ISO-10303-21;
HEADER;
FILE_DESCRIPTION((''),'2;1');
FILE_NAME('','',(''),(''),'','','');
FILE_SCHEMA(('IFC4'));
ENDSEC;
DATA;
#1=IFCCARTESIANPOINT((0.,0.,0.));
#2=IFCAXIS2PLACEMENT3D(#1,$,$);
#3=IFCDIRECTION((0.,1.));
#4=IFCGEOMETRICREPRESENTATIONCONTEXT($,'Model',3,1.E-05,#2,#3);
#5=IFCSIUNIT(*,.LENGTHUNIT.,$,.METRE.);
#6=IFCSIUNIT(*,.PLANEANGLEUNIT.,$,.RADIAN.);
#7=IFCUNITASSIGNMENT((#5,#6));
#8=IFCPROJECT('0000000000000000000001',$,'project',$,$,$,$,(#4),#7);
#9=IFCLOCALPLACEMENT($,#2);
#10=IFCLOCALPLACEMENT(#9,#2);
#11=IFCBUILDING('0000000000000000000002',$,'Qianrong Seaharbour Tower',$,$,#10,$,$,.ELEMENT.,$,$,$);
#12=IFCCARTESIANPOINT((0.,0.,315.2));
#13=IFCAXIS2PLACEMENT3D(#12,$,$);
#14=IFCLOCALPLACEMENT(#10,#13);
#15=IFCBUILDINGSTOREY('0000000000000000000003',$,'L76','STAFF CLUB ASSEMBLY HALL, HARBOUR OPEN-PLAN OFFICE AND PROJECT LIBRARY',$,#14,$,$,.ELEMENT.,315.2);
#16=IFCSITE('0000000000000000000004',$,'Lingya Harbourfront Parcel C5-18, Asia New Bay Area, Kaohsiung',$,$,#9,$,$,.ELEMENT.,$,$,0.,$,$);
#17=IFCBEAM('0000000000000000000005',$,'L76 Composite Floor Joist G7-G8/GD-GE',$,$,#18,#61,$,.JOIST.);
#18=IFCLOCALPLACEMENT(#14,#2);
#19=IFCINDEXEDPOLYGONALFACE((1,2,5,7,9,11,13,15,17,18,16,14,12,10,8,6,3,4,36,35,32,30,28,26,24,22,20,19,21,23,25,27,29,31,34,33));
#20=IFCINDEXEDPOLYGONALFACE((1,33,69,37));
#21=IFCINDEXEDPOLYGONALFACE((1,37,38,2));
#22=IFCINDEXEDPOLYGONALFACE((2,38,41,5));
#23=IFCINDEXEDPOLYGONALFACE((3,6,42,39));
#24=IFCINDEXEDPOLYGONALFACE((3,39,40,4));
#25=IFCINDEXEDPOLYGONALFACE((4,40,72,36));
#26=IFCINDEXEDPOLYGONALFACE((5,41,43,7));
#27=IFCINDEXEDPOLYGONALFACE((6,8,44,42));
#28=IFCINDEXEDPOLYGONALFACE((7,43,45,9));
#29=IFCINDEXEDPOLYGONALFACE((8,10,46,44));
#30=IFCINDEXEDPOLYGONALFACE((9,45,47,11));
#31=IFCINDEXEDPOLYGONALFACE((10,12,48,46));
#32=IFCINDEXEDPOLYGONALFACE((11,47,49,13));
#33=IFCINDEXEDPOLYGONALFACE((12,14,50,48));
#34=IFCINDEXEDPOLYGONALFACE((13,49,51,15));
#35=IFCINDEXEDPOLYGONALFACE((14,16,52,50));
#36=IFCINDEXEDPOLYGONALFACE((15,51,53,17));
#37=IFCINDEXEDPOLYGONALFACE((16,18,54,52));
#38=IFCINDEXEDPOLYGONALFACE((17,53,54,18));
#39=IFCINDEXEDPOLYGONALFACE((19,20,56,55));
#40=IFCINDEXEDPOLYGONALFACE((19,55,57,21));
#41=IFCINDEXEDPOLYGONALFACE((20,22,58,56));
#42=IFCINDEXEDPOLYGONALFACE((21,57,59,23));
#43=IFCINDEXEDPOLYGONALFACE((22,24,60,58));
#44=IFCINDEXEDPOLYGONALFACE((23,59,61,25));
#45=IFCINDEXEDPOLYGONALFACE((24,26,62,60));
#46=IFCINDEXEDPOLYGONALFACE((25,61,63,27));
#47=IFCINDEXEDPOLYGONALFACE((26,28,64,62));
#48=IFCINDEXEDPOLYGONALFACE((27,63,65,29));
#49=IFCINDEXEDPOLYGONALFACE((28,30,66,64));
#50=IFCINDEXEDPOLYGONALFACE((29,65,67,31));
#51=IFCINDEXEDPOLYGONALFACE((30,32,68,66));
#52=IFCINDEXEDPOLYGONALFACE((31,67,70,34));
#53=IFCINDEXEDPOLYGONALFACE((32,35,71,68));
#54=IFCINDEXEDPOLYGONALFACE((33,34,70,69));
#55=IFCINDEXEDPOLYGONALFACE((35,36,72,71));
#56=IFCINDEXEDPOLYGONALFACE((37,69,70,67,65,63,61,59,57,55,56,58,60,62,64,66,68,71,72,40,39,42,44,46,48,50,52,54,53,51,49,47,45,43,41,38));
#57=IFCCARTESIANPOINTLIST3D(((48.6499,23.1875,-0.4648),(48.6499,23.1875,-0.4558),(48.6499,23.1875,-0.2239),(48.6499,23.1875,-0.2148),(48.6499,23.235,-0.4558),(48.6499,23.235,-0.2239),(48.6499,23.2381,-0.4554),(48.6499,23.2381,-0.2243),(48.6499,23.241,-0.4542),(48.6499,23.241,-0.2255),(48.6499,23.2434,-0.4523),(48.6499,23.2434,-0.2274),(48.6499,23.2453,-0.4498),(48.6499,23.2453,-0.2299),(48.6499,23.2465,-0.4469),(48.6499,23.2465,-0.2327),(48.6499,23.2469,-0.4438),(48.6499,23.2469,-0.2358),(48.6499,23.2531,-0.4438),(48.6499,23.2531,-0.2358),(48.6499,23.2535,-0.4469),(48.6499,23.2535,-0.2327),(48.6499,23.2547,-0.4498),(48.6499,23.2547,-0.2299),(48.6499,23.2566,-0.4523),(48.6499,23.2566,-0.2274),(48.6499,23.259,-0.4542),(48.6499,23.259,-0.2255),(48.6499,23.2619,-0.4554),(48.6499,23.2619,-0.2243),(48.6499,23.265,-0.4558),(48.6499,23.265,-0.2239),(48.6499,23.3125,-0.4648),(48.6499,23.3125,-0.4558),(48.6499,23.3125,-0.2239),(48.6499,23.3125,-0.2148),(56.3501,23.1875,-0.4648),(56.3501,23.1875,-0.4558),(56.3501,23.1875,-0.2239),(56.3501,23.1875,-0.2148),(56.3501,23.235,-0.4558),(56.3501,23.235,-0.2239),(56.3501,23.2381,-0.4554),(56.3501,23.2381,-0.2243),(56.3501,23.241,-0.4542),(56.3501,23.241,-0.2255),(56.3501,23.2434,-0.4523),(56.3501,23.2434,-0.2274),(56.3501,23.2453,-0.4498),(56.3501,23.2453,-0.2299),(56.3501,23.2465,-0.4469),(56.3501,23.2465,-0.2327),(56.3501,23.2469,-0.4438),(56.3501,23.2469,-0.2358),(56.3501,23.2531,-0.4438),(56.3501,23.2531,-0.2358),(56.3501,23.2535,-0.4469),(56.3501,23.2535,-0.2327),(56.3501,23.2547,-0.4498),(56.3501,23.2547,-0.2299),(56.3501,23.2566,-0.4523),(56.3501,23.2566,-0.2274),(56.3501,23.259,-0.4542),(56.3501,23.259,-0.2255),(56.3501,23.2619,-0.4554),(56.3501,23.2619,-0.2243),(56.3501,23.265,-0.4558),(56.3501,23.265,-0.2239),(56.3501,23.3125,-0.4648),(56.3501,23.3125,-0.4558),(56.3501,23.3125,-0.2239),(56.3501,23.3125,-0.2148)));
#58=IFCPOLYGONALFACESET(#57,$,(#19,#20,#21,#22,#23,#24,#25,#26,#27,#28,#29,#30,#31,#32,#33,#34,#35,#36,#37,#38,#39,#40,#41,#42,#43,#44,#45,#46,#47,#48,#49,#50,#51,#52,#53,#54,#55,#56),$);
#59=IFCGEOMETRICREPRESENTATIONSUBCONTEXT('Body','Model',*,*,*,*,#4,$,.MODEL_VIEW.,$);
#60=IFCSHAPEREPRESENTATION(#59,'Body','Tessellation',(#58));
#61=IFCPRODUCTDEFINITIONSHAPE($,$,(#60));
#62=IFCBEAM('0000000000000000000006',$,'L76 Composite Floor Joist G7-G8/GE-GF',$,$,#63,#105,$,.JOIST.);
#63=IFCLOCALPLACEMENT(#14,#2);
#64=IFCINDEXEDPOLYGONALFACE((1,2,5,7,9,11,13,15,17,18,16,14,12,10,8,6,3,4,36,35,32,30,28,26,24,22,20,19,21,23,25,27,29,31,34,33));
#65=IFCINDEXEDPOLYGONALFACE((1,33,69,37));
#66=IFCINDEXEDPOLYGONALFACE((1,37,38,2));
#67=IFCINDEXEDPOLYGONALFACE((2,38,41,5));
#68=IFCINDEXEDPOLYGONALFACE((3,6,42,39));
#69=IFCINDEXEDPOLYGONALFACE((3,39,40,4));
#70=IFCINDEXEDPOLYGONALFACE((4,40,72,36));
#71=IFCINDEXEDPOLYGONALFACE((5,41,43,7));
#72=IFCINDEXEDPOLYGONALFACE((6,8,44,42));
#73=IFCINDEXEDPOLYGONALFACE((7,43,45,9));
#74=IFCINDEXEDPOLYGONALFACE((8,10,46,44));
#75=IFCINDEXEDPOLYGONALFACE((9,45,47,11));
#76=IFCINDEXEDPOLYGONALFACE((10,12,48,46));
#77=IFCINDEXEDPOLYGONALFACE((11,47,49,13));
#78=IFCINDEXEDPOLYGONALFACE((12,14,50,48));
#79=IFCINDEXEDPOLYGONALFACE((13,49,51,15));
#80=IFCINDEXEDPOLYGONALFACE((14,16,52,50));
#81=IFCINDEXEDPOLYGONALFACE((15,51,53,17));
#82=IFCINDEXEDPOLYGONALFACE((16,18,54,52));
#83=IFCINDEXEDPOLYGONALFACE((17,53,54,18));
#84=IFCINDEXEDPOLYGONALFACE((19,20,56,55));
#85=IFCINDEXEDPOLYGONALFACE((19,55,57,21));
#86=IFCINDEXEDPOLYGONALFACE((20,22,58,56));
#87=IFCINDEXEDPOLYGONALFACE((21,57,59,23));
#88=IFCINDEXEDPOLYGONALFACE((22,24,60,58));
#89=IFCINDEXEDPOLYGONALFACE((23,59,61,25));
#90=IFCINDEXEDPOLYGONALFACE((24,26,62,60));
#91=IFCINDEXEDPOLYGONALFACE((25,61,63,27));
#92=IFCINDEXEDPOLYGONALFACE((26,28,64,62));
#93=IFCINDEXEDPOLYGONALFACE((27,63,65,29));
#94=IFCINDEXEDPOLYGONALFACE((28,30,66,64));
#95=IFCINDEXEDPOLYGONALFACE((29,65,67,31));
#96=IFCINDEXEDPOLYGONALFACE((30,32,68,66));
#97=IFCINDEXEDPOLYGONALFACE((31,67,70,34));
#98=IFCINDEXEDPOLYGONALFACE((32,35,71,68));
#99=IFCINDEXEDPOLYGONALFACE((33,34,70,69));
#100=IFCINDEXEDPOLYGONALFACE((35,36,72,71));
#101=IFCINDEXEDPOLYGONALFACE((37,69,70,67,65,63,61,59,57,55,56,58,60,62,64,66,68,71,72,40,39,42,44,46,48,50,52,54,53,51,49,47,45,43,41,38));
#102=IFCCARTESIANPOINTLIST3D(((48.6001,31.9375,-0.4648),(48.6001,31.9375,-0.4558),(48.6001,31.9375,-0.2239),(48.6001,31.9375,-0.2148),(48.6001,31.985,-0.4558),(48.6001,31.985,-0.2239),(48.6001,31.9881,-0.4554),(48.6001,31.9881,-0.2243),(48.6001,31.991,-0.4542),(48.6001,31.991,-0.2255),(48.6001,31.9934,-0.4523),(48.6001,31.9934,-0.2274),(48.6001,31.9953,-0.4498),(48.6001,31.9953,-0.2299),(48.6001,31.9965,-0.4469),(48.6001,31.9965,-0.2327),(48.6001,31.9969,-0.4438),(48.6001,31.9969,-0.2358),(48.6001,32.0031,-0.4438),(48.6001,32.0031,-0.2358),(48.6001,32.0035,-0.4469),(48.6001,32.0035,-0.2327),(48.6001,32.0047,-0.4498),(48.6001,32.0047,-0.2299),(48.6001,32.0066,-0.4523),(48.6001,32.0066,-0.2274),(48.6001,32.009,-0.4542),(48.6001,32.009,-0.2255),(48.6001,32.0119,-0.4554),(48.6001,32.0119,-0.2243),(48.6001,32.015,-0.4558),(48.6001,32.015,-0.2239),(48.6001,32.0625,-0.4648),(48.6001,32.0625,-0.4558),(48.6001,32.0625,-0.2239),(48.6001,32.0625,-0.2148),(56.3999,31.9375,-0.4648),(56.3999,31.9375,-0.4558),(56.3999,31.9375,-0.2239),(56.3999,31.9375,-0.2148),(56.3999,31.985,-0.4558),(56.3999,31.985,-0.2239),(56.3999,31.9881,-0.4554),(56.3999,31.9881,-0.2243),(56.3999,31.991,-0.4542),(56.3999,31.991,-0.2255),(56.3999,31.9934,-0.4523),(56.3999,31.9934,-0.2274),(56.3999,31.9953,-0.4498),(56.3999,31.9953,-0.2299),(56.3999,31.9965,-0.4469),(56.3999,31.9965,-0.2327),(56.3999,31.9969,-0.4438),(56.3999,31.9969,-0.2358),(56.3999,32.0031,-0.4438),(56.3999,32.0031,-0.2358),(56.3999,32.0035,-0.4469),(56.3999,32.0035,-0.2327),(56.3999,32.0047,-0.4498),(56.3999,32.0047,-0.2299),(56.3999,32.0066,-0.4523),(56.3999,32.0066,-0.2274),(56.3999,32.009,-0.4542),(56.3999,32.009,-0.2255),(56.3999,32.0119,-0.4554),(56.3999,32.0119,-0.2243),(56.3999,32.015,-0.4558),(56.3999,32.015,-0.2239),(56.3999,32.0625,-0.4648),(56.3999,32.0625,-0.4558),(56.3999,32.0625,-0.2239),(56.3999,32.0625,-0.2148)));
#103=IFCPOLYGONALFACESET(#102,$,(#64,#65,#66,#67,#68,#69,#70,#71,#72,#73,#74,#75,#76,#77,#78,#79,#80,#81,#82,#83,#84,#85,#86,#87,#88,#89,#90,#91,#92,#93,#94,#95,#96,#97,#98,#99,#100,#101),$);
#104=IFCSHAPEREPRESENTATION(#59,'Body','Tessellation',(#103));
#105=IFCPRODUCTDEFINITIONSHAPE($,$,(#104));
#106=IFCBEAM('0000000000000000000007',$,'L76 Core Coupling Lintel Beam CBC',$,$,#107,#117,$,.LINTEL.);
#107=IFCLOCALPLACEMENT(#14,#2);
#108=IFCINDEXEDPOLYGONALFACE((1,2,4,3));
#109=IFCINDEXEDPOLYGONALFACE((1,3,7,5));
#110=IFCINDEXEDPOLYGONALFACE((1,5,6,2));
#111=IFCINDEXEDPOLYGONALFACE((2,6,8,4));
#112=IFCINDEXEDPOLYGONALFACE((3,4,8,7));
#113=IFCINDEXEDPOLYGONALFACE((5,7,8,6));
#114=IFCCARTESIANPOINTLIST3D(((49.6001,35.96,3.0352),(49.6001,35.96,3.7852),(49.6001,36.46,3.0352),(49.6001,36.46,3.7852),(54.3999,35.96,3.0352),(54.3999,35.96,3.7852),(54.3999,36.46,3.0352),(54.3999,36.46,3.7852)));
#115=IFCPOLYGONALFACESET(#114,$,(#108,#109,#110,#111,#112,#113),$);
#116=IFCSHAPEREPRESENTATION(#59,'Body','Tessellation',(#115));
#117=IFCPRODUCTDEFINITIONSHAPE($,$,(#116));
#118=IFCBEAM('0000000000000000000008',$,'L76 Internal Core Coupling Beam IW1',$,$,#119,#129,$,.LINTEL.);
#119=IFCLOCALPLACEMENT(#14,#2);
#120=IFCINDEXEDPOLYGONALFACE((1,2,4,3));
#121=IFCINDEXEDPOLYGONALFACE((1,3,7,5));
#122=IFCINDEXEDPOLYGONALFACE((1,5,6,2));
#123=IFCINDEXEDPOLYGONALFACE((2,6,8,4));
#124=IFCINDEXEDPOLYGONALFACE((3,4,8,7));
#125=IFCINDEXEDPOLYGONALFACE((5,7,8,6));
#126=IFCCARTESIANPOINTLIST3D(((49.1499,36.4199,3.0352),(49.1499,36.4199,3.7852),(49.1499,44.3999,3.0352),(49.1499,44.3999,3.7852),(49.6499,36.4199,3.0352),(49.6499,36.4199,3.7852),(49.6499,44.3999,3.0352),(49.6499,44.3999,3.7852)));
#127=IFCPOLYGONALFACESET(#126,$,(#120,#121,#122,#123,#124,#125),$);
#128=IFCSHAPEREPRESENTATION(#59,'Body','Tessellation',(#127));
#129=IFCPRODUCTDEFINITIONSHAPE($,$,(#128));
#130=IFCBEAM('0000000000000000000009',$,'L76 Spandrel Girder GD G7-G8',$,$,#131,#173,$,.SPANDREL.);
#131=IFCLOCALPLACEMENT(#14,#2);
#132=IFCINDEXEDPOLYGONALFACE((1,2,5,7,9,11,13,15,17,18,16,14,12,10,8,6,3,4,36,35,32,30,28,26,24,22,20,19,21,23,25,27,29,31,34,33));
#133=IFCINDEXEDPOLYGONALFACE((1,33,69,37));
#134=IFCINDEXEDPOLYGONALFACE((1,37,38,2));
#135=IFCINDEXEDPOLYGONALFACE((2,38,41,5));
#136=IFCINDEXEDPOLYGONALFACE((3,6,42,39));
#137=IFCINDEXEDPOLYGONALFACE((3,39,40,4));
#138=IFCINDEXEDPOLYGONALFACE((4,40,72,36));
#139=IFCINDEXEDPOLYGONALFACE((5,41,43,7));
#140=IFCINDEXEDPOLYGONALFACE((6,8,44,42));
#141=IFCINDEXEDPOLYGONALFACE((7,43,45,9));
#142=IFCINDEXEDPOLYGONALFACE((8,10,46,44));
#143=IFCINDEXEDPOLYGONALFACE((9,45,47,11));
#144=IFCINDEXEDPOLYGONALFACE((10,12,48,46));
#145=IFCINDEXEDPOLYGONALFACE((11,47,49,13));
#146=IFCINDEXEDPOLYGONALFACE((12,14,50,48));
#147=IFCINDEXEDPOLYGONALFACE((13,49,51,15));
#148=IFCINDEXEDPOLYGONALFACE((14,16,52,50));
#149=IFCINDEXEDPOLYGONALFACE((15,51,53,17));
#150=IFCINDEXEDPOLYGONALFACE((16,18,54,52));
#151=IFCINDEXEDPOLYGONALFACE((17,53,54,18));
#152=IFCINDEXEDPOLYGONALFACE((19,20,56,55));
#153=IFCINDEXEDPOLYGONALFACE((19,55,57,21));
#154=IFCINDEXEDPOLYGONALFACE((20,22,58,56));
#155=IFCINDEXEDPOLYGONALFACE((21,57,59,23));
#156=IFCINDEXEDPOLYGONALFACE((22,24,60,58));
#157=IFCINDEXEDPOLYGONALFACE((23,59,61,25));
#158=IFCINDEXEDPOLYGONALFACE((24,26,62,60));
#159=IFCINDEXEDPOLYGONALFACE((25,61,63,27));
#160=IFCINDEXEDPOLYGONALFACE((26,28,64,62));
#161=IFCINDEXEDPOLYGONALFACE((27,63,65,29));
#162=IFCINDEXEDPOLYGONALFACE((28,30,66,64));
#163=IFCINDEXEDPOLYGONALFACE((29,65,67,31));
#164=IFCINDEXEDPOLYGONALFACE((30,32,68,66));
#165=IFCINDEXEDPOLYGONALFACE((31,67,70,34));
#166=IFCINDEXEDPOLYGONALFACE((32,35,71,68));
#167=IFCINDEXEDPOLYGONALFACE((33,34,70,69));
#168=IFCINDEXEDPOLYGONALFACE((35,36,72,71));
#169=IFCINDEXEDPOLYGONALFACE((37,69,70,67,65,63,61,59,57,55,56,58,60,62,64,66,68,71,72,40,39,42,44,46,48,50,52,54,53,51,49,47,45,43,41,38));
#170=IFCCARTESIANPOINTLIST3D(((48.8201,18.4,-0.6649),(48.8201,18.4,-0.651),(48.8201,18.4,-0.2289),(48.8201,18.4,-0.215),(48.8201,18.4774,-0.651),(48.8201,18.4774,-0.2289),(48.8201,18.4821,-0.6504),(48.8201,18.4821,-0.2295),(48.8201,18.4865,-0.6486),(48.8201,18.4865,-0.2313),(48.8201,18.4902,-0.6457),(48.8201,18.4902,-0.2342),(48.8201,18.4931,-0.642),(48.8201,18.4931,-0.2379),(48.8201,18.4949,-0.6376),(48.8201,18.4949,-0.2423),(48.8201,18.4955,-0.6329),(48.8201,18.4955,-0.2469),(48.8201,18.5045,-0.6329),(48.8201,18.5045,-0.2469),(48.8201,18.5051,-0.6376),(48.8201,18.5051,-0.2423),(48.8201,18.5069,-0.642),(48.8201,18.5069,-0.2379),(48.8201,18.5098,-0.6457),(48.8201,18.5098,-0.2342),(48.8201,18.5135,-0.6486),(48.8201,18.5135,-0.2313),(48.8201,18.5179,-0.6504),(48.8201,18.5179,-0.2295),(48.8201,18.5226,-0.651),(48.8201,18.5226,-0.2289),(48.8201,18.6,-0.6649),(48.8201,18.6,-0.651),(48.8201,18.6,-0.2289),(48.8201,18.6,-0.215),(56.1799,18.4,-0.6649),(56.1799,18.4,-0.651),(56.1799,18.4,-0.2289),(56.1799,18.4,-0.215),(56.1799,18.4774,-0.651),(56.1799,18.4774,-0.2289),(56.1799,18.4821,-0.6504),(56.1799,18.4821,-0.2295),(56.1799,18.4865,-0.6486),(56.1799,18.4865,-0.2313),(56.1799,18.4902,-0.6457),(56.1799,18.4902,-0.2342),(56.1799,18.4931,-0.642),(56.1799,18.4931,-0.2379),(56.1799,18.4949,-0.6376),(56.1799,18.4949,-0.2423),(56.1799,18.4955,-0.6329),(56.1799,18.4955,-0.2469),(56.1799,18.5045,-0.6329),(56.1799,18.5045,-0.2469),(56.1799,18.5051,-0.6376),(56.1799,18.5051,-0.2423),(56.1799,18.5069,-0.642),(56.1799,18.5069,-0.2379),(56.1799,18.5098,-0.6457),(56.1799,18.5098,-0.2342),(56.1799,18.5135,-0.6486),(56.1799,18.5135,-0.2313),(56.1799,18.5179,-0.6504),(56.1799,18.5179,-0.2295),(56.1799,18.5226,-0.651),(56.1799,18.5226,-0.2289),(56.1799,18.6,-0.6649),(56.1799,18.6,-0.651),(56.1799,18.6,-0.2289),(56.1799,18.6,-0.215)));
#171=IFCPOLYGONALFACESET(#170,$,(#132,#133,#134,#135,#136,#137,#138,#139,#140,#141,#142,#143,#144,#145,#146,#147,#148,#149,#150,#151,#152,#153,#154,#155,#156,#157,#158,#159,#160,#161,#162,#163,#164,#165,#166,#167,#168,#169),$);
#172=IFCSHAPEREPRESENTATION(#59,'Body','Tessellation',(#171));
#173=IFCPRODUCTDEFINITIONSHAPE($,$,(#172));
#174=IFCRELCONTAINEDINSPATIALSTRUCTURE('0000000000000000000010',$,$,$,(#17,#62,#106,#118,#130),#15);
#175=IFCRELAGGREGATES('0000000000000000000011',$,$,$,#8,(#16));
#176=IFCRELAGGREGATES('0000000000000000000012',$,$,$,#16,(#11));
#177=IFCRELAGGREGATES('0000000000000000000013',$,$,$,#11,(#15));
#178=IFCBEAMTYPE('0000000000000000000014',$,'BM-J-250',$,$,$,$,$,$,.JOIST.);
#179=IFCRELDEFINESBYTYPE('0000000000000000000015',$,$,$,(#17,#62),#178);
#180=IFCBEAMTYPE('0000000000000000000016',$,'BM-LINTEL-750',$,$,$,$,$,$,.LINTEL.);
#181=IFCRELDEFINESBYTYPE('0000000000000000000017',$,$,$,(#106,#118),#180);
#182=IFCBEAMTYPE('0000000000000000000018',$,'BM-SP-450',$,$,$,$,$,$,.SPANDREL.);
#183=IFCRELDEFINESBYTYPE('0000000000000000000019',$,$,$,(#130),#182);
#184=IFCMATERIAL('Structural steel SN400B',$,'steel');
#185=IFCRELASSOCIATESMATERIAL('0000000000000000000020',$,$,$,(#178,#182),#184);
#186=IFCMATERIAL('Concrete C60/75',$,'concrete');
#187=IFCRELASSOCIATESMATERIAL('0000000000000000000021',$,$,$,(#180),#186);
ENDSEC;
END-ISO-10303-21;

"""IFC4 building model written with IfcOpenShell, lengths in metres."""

from ifc_helpers import new_model, si_unit, direction, frame, origin, origin_2d, place, context, subcontext, project, spatial, rectangle, i_section, extrude, material, material_profile, profile_set, type_object, element, save


model = new_model("IFC4")

# Units and contexts
model_context = context("Model", 3, precision=1e-05, world=origin(), true_north=direction((0.0, 1.0)))
body_context = subcontext(model_context, "Body", "Model", "MODEL_VIEW")
ifc_project = project(units=[si_unit("LENGTHUNIT", "METRE"), si_unit("PLANEANGLEUNIT", "RADIAN")], contexts=[model_context])

# Site, building, storey
site_placement = place(None, origin())
site = spatial("IfcSite", under=ifc_project, at=site_placement, Name="Lingya Harbourfront Parcel C5-18, Asia New Bay Area, Kaohsiung", CompositionType="ELEMENT", RefElevation=0.0)
building_placement = place(site_placement, origin())
building = spatial("IfcBuilding", under=site, at=building_placement, Name="Qianrong Seaharbour Tower", CompositionType="ELEMENT")
storey_placement = place(building_placement, frame((0.0, 0.0, 315.2)))
storey = spatial("IfcBuildingStorey", under=building, at=storey_placement, Name="L76", Description="STAFF CLUB ASSEMBLY HALL, HARBOUR OPEN-PLAN OFFICE AND PROJECT LIBRARY", CompositionType="ELEMENT", Elevation=315.2)

# Shared definitions
ifc_material_1 = material(Name="Structural steel SN400B", Category="steel")

# Beams
ifc_material_profile_1 = material_profile(ifc_material_1, i_section(OverallWidth=0.125, OverallDepth=0.25, WebThickness=0.0061, FlangeThickness=0.009, FilletRadius=0.012, at=origin_2d()), Name="H250x125x6x9")
ifc_profile_set_1 = profile_set([ifc_material_profile_1], Name="Structural steel SN400B")
beam_type_1 = type_object("IfcBeamType", Name="BM-J-250", PredefinedType="JOIST", material=ifc_profile_set_1)
beam_1_placement = place(storey_placement, frame((48.6499, 23.25, -0.3398), z_axis=(1.0, 0.0, 0.0), x_axis=(0.0, 1.0, 0.0)))
element("IfcBeam", 1, at=beam_1_placement, inside=storey, type_object=beam_type_1, Name="L76 Composite Floor Joist G7-G8/GD-GE", PredefinedType="JOIST", context=body_context, shape_type="SweptSolid", body=[
    extrude(i_section(OverallWidth=0.125, OverallDepth=0.25, WebThickness=0.0061, FlangeThickness=0.009, FilletRadius=0.012, at=origin_2d()), origin(), (0.0, 0.0, 1.0), 7.7002),
])
beam_2_placement = place(storey_placement, frame((48.6001, 32.0, -0.3398), z_axis=(1.0, 0.0, 0.0), x_axis=(0.0, 1.0, 0.0)))
element("IfcBeam", 2, at=beam_2_placement, inside=storey, type_object=beam_type_1, Name="L76 Composite Floor Joist G7-G8/GE-GF", PredefinedType="JOIST", context=body_context, shape_type="SweptSolid", body=[
    extrude(i_section(OverallWidth=0.125, OverallDepth=0.25, WebThickness=0.0061, FlangeThickness=0.009, FilletRadius=0.012, at=origin_2d()), origin(), (0.0, 0.0, 1.0), 7.7998),
])
ifc_material_2 = material(Name="Concrete C60/75", Category="concrete")
ifc_material_profile_2 = material_profile(ifc_material_2, rectangle(XDim=0.5, YDim=0.75, at=origin_2d()), Name="RC500x750")
ifc_profile_set_2 = profile_set([ifc_material_profile_2], Name="Concrete C60/75")
beam_type_2 = type_object("IfcBeamType", Name="BM-LINTEL-750", PredefinedType="LINTEL", material=ifc_profile_set_2)
beam_3_placement = place(storey_placement, frame((49.6001, 36.21, 3.4102), z_axis=(1.0, 0.0, 0.0), x_axis=(0.0, 1.0, 0.0)))
element("IfcBeam", 3, at=beam_3_placement, inside=storey, type_object=beam_type_2, Name="L76 Core Coupling Lintel Beam CBC", PredefinedType="LINTEL", context=body_context, shape_type="SweptSolid", body=[
    extrude(rectangle(XDim=0.5, YDim=0.75, at=origin_2d()), origin(), (0.0, 0.0, 1.0), 4.7998),
])
beam_4_placement = place(storey_placement, frame((49.3999, 36.4199, 3.4102), z_axis=(0.0, 1.0, 0.0), x_axis=(-1.0, 0.0, 0.0)))
element("IfcBeam", 4, at=beam_4_placement, inside=storey, type_object=beam_type_2, Name="L76 Internal Core Coupling Beam IW1", PredefinedType="LINTEL", context=body_context, shape_type="SweptSolid", body=[
    extrude(rectangle(XDim=0.5, YDim=0.75, at=origin_2d()), origin(), (0.0, 0.0, 1.0), 7.98),
])
ifc_material_profile_3 = material_profile(ifc_material_1, i_section(OverallWidth=0.2, OverallDepth=0.45, WebThickness=0.009, FlangeThickness=0.0139, FilletRadius=0.0181, at=origin_2d()), Name="H450x200x9x14")
ifc_profile_set_3 = profile_set([ifc_material_profile_3], Name="Structural steel SN400B")
beam_type_3 = type_object("IfcBeamType", Name="BM-SP-450", PredefinedType="SPANDREL", material=ifc_profile_set_3)
beam_5_placement = place(storey_placement, frame((48.8201, 18.5, -0.4399), z_axis=(1.0, 0.0, 0.0), x_axis=(0.0, 1.0, 0.0)))
element("IfcBeam", 5, at=beam_5_placement, inside=storey, type_object=beam_type_3, Name="L76 Spandrel Girder GD G7-G8", PredefinedType="SPANDREL", context=body_context, shape_type="SweptSolid", body=[
    extrude(i_section(OverallWidth=0.2, OverallDepth=0.45, WebThickness=0.009, FlangeThickness=0.0139, FilletRadius=0.0181, at=origin_2d()), origin(), (0.0, 0.0, 1.0), 7.3599),
])

save(model, "model.ifc")
